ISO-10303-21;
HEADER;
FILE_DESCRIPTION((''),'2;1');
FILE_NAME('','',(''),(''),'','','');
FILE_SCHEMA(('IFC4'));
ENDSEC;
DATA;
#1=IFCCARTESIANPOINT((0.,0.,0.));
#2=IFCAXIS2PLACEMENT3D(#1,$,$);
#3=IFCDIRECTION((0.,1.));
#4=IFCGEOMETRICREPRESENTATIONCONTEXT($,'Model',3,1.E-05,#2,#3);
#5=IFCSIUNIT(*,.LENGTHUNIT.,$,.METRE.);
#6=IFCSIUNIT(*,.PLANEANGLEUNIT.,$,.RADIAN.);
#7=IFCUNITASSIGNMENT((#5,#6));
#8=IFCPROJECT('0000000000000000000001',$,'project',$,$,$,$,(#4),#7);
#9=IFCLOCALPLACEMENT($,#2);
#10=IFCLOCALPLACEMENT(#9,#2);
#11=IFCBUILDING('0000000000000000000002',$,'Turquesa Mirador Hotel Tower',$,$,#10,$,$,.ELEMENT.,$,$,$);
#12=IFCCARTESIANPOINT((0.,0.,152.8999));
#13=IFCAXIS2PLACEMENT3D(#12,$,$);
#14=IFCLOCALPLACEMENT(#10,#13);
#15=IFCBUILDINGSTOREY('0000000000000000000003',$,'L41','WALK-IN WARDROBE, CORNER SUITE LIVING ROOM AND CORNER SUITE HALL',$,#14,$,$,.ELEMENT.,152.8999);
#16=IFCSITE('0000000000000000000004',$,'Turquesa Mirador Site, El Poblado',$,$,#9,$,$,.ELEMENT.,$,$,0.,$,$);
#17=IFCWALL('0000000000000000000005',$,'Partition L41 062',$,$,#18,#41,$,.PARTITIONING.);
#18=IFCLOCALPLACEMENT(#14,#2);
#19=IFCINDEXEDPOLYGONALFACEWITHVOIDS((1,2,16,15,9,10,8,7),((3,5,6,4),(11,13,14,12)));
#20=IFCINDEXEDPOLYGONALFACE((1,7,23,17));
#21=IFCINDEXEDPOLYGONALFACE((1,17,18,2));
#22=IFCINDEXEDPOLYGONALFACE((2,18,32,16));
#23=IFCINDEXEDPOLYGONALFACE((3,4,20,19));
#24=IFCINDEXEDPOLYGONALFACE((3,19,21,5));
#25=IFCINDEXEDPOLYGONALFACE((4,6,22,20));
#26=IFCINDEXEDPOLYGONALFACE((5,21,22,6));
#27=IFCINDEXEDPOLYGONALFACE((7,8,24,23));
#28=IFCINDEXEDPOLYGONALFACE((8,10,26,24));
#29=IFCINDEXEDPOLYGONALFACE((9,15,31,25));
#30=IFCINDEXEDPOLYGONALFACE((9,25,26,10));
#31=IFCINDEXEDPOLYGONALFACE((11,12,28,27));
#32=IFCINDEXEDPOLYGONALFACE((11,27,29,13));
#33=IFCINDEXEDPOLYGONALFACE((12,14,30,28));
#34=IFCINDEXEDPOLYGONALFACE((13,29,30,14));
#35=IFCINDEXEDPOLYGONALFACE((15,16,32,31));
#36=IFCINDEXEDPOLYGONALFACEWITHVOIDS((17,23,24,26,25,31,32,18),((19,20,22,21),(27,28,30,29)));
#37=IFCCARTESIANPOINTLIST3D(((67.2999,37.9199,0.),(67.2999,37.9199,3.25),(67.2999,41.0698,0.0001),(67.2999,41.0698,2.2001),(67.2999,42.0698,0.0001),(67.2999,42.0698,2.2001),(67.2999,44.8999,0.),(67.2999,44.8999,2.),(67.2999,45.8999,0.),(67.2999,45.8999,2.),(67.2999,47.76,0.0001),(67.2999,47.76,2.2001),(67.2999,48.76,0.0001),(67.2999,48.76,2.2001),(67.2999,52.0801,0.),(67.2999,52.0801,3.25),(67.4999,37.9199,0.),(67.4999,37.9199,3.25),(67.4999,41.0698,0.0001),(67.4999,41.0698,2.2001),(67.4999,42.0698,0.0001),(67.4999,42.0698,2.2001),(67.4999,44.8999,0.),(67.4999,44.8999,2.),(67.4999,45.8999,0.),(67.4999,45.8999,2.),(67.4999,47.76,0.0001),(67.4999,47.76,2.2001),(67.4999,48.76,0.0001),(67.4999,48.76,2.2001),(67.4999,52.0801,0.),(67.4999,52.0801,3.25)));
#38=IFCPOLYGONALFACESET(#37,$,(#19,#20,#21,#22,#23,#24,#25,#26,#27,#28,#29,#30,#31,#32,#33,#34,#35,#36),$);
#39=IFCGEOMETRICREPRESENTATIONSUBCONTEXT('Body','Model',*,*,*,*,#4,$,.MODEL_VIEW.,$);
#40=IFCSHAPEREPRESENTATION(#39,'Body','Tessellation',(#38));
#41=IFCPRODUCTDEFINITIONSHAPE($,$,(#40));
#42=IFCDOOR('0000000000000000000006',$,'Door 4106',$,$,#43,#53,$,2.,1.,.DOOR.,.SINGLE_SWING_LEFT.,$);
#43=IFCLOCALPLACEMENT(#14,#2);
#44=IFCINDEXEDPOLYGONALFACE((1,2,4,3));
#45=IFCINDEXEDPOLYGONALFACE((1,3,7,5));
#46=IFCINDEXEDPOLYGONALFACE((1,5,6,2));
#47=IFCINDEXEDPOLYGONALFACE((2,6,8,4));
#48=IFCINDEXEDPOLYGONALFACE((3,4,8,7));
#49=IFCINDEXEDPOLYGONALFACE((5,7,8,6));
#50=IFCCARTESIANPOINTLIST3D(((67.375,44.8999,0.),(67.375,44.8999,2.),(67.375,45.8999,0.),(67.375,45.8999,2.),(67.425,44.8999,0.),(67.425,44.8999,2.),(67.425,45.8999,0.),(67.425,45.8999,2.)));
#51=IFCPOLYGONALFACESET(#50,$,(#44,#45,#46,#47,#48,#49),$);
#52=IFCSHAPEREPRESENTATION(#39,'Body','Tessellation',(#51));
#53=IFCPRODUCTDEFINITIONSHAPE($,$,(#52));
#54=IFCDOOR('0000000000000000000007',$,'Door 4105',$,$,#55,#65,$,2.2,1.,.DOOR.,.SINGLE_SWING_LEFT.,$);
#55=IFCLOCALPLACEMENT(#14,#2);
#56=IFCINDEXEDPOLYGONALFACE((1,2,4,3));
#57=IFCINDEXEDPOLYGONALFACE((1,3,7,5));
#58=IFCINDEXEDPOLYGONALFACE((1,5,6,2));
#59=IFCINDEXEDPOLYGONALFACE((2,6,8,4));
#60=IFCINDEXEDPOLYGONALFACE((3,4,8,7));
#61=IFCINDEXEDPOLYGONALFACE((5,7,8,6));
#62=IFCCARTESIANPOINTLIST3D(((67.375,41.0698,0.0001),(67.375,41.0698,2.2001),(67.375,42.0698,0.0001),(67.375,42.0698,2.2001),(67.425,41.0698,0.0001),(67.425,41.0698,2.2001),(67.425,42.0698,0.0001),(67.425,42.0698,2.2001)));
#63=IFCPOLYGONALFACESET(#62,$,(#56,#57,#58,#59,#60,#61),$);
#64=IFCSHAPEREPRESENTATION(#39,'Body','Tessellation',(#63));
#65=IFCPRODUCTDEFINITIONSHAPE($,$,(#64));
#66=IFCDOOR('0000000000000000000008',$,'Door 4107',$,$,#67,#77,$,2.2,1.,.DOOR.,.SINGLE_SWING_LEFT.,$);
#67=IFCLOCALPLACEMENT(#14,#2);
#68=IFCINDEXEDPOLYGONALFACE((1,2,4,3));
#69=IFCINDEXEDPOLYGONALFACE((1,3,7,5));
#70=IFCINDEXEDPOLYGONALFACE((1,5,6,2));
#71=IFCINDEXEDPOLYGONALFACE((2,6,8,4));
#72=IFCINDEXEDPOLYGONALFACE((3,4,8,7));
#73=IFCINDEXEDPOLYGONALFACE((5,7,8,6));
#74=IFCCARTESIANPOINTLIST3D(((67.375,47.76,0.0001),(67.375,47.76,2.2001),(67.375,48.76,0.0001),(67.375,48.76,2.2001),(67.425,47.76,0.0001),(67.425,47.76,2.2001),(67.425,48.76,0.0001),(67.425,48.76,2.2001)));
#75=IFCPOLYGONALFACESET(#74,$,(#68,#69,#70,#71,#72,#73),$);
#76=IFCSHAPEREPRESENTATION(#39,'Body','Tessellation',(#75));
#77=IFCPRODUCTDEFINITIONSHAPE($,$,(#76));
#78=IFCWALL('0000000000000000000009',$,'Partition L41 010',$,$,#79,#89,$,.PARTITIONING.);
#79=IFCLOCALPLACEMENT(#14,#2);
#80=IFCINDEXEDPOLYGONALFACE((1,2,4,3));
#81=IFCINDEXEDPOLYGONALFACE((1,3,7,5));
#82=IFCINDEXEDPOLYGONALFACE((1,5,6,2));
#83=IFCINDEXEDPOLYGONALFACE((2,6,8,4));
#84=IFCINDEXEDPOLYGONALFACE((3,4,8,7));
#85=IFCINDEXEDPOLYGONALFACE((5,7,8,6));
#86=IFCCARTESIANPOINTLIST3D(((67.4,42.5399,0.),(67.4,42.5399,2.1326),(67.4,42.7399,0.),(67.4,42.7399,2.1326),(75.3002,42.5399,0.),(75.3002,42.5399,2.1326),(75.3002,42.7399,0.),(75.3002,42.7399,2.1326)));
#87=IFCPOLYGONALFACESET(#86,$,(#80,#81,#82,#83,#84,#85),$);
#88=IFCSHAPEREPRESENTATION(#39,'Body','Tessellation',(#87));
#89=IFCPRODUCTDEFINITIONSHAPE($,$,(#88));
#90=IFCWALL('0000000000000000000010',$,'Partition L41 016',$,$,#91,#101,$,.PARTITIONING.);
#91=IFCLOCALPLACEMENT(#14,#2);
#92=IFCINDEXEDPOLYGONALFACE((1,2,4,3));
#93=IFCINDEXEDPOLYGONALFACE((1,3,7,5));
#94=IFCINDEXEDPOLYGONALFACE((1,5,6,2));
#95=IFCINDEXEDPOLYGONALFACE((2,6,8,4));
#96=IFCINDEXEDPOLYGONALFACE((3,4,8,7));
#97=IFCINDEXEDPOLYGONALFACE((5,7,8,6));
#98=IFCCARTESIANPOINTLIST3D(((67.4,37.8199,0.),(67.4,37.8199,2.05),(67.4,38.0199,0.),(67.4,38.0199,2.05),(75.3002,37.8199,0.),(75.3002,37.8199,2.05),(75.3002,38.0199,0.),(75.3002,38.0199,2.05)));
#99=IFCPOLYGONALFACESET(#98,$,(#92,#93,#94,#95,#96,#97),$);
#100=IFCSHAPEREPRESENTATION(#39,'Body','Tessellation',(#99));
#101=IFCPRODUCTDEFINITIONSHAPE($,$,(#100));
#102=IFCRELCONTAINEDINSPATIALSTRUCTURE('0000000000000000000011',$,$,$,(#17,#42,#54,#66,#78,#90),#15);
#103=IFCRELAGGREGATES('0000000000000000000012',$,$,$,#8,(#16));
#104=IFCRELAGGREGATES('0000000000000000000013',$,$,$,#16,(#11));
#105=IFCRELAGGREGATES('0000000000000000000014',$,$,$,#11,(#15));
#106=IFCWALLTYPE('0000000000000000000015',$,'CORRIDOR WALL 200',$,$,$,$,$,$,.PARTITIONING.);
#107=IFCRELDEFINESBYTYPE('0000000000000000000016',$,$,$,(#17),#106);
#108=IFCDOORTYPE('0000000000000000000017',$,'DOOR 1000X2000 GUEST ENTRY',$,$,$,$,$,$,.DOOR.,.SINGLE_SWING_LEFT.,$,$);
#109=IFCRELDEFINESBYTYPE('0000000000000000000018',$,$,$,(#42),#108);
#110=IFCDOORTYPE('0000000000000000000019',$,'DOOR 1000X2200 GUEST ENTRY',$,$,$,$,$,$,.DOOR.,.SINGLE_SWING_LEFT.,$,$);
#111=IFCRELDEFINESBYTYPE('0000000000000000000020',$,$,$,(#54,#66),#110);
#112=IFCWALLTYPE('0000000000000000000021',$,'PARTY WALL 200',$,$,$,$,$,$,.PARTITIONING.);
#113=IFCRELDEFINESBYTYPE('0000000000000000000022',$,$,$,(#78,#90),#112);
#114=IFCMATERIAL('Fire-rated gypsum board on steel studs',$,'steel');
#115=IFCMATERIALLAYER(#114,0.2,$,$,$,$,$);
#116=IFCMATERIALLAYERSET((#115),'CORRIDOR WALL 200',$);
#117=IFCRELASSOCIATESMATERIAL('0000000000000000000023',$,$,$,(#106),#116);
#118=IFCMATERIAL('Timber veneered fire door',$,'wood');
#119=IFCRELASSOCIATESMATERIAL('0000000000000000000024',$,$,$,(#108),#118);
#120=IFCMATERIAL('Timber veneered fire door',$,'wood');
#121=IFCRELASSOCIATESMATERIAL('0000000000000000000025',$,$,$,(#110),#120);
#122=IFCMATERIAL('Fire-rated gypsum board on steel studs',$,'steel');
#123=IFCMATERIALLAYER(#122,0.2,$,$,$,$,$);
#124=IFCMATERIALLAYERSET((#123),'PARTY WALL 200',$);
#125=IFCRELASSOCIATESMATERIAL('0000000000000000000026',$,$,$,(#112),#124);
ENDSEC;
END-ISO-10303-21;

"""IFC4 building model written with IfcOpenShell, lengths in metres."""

from ifc_helpers import new_model, si_unit, direction, frame, frame_2d, origin, place, context, subcontext, project, spatial, rectangle, extrude, material, layer, layer_set, type_object, element, fill, save


model = new_model("IFC4")

# Units and contexts
model_context = context("Model", 3, precision=1e-05, world=origin(), true_north=direction((0.0, 1.0)))
body_context = subcontext(model_context, "Body", "Model", "MODEL_VIEW")
ifc_project = project(units=[si_unit("LENGTHUNIT", "METRE"), si_unit("PLANEANGLEUNIT", "RADIAN")], contexts=[model_context])

# Site, building, storey
site_placement = place(None, origin())
site = spatial("IfcSite", under=ifc_project, at=site_placement, Name="Turquesa Mirador Site, El Poblado", CompositionType="ELEMENT", RefElevation=0.0)
building_placement = place(site_placement, origin())
building = spatial("IfcBuilding", under=site, at=building_placement, Name="Turquesa Mirador Hotel Tower", CompositionType="ELEMENT")
storey_placement = place(building_placement, frame((0.0, 0.0, 152.8999)))
storey = spatial("IfcBuildingStorey", under=building, at=storey_placement, Name="L41", Description="WALK-IN WARDROBE, CORNER SUITE LIVING ROOM AND CORNER SUITE HALL", CompositionType="ELEMENT", Elevation=152.8999)

# Shared definitions
ifc_material_1 = material(Name="Fire-rated gypsum board on steel studs", Category="steel")
ifc_layer_1 = layer(ifc_material_1, 0.2)
ifc_layer_set_1 = layer_set([ifc_layer_1], Name="CORRIDOR WALL 200")
wall_type_1 = type_object("IfcWallType", Name="CORRIDOR WALL 200", PredefinedType="PARTITIONING", material=ifc_layer_set_1)

# Wall, openings, doors
wall_1_placement = place(storey_placement, frame((67.3999, 37.9199, 0.0), z_axis=(0.0, 0.0, 1.0), x_axis=(0.0, 1.0, 0.0)))
wall_1 = element("IfcWall", 1, at=wall_1_placement, inside=storey, type_object=wall_type_1, Name="Partition L41 062", PredefinedType="PARTITIONING", context=body_context, shape_type="SweptSolid", body=[
    extrude(rectangle(XDim=14.1602, YDim=0.2, at=frame_2d((7.0801, 0.0))), origin(), (0.0, 0.0, 1.0), 3.25),
])
opening_1_placement = place(wall_1_placement, frame((3.1499, 0.0, 0.0)))
opening_1 = element("IfcOpeningElement", 2, at=opening_1_placement, cuts=wall_1, PredefinedType="OPENING", context=body_context, shape_type="SweptSolid", body=[
    extrude(rectangle(XDim=1.0, YDim=2.2, at=frame_2d((0.5, 1.1001))), frame((0.0, 0.1099, 0.0), z_axis=(0.0, -1.0, 0.0), x_axis=(1.0, 0.0, 0.0)), (0.0, 0.0, 1.0), 0.22),
])
opening_2_placement = place(wall_1_placement, frame((6.98, 0.0, 0.0)))
opening_2 = element("IfcOpeningElement", 3, at=opening_2_placement, cuts=wall_1, PredefinedType="OPENING", context=body_context, shape_type="SweptSolid", body=[
    extrude(rectangle(XDim=1.0, YDim=2.0, at=frame_2d((0.5, 1.0))), frame((0.0, 0.1099, 0.0), z_axis=(0.0, -1.0, 0.0), x_axis=(1.0, 0.0, 0.0)), (0.0, 0.0, 1.0), 0.22),
])
opening_3_placement = place(wall_1_placement, frame((9.8401, 0.0, 0.0)))
opening_3 = element("IfcOpeningElement", 4, at=opening_3_placement, cuts=wall_1, PredefinedType="OPENING", context=body_context, shape_type="SweptSolid", body=[
    extrude(rectangle(XDim=1.0, YDim=2.2, at=frame_2d((0.5, 1.1001))), frame((0.0, 0.1099, 0.0), z_axis=(0.0, -1.0, 0.0), x_axis=(1.0, 0.0, 0.0)), (0.0, 0.0, 1.0), 0.22),
])
ifc_material_2 = material(Name="Timber veneered fire door", Category="wood")
door_type_1 = type_object("IfcDoorType", Name="DOOR 1000X2000 GUEST ENTRY", OperationType="SINGLE_SWING_LEFT", PredefinedType="DOOR", material=ifc_material_2)
door_1_placement = place(opening_2_placement, origin())
door_1 = element("IfcDoor", 5, at=door_1_placement, inside=storey, type_object=door_type_1, Name="Door 4106", OperationType="SINGLE_SWING_LEFT", OverallHeight=2.0, OverallWidth=1.0, PredefinedType="DOOR", context=body_context, shape_type="SweptSolid", body=[
    extrude(rectangle(XDim=1.0, YDim=2.0, at=frame_2d((0.5, 1.0))), frame((0.0, 0.0249, 0.0), z_axis=(0.0, -1.0, 0.0), x_axis=(1.0, 0.0, 0.0)), (0.0, 0.0, 1.0), 0.05),
])
fill(opening_2, door_1)
ifc_material_3 = material(Name="Timber veneered fire door", Category="wood")
door_type_2 = type_object("IfcDoorType", Name="DOOR 1000X2200 GUEST ENTRY", OperationType="SINGLE_SWING_LEFT", PredefinedType="DOOR", material=ifc_material_3)
door_2_placement = place(opening_1_placement, origin())
door_2 = element("IfcDoor", 6, at=door_2_placement, inside=storey, type_object=door_type_2, Name="Door 4105", OperationType="SINGLE_SWING_LEFT", OverallHeight=2.2, OverallWidth=1.0, PredefinedType="DOOR", context=body_context, shape_type="SweptSolid", body=[
    extrude(rectangle(XDim=1.0, YDim=2.2, at=frame_2d((0.5, 1.1001))), frame((0.0, 0.0249, 0.0), z_axis=(0.0, -1.0, 0.0), x_axis=(1.0, 0.0, 0.0)), (0.0, 0.0, 1.0), 0.05),
])
fill(opening_1, door_2)
door_3_placement = place(opening_3_placement, origin())
door_3 = element("IfcDoor", 7, at=door_3_placement, inside=storey, type_object=door_type_2, Name="Door 4107", OperationType="SINGLE_SWING_LEFT", OverallHeight=2.2, OverallWidth=1.0, PredefinedType="DOOR", context=body_context, shape_type="SweptSolid", body=[
    extrude(rectangle(XDim=1.0, YDim=2.2, at=frame_2d((0.5, 1.1001))), frame((0.0, 0.0249, 0.0), z_axis=(0.0, -1.0, 0.0), x_axis=(1.0, 0.0, 0.0)), (0.0, 0.0, 1.0), 0.05),
])
fill(opening_3, door_3)

# Walls
ifc_material_4 = material(Name="Fire-rated gypsum board on steel studs", Category="steel")
ifc_layer_2 = layer(ifc_material_4, 0.2)
ifc_layer_set_2 = layer_set([ifc_layer_2], Name="PARTY WALL 200")
wall_type_2 = type_object("IfcWallType", Name="PARTY WALL 200", PredefinedType="PARTITIONING", material=ifc_layer_set_2)
wall_2_placement = place(storey_placement, frame((67.3999, 42.6399, 0.0), z_axis=(0.0, 0.0, 1.0), x_axis=(1.0, 0.0, 0.0)))
element("IfcWall", 8, at=wall_2_placement, inside=storey, type_object=wall_type_2, Name="Partition L41 010", PredefinedType="PARTITIONING", context=body_context, shape_type="SweptSolid", body=[
    extrude(rectangle(XDim=7.9001, YDim=0.2, at=frame_2d((3.9502, 0.0))), origin(), (0.0, 0.0, 1.0), 2.1326),
])
wall_3_placement = place(storey_placement, frame((67.3999, 37.9199, 0.0), z_axis=(0.0, 0.0, 1.0), x_axis=(1.0, 0.0, 0.0)))
element("IfcWall", 9, at=wall_3_placement, inside=storey, type_object=wall_type_2, Name="Partition L41 016", PredefinedType="PARTITIONING", context=body_context, shape_type="SweptSolid", body=[
    extrude(rectangle(XDim=7.9001, YDim=0.2, at=frame_2d((3.9502, 0.0))), origin(), (0.0, 0.0, 1.0), 2.05),
])

save(model, "model.ifc")
